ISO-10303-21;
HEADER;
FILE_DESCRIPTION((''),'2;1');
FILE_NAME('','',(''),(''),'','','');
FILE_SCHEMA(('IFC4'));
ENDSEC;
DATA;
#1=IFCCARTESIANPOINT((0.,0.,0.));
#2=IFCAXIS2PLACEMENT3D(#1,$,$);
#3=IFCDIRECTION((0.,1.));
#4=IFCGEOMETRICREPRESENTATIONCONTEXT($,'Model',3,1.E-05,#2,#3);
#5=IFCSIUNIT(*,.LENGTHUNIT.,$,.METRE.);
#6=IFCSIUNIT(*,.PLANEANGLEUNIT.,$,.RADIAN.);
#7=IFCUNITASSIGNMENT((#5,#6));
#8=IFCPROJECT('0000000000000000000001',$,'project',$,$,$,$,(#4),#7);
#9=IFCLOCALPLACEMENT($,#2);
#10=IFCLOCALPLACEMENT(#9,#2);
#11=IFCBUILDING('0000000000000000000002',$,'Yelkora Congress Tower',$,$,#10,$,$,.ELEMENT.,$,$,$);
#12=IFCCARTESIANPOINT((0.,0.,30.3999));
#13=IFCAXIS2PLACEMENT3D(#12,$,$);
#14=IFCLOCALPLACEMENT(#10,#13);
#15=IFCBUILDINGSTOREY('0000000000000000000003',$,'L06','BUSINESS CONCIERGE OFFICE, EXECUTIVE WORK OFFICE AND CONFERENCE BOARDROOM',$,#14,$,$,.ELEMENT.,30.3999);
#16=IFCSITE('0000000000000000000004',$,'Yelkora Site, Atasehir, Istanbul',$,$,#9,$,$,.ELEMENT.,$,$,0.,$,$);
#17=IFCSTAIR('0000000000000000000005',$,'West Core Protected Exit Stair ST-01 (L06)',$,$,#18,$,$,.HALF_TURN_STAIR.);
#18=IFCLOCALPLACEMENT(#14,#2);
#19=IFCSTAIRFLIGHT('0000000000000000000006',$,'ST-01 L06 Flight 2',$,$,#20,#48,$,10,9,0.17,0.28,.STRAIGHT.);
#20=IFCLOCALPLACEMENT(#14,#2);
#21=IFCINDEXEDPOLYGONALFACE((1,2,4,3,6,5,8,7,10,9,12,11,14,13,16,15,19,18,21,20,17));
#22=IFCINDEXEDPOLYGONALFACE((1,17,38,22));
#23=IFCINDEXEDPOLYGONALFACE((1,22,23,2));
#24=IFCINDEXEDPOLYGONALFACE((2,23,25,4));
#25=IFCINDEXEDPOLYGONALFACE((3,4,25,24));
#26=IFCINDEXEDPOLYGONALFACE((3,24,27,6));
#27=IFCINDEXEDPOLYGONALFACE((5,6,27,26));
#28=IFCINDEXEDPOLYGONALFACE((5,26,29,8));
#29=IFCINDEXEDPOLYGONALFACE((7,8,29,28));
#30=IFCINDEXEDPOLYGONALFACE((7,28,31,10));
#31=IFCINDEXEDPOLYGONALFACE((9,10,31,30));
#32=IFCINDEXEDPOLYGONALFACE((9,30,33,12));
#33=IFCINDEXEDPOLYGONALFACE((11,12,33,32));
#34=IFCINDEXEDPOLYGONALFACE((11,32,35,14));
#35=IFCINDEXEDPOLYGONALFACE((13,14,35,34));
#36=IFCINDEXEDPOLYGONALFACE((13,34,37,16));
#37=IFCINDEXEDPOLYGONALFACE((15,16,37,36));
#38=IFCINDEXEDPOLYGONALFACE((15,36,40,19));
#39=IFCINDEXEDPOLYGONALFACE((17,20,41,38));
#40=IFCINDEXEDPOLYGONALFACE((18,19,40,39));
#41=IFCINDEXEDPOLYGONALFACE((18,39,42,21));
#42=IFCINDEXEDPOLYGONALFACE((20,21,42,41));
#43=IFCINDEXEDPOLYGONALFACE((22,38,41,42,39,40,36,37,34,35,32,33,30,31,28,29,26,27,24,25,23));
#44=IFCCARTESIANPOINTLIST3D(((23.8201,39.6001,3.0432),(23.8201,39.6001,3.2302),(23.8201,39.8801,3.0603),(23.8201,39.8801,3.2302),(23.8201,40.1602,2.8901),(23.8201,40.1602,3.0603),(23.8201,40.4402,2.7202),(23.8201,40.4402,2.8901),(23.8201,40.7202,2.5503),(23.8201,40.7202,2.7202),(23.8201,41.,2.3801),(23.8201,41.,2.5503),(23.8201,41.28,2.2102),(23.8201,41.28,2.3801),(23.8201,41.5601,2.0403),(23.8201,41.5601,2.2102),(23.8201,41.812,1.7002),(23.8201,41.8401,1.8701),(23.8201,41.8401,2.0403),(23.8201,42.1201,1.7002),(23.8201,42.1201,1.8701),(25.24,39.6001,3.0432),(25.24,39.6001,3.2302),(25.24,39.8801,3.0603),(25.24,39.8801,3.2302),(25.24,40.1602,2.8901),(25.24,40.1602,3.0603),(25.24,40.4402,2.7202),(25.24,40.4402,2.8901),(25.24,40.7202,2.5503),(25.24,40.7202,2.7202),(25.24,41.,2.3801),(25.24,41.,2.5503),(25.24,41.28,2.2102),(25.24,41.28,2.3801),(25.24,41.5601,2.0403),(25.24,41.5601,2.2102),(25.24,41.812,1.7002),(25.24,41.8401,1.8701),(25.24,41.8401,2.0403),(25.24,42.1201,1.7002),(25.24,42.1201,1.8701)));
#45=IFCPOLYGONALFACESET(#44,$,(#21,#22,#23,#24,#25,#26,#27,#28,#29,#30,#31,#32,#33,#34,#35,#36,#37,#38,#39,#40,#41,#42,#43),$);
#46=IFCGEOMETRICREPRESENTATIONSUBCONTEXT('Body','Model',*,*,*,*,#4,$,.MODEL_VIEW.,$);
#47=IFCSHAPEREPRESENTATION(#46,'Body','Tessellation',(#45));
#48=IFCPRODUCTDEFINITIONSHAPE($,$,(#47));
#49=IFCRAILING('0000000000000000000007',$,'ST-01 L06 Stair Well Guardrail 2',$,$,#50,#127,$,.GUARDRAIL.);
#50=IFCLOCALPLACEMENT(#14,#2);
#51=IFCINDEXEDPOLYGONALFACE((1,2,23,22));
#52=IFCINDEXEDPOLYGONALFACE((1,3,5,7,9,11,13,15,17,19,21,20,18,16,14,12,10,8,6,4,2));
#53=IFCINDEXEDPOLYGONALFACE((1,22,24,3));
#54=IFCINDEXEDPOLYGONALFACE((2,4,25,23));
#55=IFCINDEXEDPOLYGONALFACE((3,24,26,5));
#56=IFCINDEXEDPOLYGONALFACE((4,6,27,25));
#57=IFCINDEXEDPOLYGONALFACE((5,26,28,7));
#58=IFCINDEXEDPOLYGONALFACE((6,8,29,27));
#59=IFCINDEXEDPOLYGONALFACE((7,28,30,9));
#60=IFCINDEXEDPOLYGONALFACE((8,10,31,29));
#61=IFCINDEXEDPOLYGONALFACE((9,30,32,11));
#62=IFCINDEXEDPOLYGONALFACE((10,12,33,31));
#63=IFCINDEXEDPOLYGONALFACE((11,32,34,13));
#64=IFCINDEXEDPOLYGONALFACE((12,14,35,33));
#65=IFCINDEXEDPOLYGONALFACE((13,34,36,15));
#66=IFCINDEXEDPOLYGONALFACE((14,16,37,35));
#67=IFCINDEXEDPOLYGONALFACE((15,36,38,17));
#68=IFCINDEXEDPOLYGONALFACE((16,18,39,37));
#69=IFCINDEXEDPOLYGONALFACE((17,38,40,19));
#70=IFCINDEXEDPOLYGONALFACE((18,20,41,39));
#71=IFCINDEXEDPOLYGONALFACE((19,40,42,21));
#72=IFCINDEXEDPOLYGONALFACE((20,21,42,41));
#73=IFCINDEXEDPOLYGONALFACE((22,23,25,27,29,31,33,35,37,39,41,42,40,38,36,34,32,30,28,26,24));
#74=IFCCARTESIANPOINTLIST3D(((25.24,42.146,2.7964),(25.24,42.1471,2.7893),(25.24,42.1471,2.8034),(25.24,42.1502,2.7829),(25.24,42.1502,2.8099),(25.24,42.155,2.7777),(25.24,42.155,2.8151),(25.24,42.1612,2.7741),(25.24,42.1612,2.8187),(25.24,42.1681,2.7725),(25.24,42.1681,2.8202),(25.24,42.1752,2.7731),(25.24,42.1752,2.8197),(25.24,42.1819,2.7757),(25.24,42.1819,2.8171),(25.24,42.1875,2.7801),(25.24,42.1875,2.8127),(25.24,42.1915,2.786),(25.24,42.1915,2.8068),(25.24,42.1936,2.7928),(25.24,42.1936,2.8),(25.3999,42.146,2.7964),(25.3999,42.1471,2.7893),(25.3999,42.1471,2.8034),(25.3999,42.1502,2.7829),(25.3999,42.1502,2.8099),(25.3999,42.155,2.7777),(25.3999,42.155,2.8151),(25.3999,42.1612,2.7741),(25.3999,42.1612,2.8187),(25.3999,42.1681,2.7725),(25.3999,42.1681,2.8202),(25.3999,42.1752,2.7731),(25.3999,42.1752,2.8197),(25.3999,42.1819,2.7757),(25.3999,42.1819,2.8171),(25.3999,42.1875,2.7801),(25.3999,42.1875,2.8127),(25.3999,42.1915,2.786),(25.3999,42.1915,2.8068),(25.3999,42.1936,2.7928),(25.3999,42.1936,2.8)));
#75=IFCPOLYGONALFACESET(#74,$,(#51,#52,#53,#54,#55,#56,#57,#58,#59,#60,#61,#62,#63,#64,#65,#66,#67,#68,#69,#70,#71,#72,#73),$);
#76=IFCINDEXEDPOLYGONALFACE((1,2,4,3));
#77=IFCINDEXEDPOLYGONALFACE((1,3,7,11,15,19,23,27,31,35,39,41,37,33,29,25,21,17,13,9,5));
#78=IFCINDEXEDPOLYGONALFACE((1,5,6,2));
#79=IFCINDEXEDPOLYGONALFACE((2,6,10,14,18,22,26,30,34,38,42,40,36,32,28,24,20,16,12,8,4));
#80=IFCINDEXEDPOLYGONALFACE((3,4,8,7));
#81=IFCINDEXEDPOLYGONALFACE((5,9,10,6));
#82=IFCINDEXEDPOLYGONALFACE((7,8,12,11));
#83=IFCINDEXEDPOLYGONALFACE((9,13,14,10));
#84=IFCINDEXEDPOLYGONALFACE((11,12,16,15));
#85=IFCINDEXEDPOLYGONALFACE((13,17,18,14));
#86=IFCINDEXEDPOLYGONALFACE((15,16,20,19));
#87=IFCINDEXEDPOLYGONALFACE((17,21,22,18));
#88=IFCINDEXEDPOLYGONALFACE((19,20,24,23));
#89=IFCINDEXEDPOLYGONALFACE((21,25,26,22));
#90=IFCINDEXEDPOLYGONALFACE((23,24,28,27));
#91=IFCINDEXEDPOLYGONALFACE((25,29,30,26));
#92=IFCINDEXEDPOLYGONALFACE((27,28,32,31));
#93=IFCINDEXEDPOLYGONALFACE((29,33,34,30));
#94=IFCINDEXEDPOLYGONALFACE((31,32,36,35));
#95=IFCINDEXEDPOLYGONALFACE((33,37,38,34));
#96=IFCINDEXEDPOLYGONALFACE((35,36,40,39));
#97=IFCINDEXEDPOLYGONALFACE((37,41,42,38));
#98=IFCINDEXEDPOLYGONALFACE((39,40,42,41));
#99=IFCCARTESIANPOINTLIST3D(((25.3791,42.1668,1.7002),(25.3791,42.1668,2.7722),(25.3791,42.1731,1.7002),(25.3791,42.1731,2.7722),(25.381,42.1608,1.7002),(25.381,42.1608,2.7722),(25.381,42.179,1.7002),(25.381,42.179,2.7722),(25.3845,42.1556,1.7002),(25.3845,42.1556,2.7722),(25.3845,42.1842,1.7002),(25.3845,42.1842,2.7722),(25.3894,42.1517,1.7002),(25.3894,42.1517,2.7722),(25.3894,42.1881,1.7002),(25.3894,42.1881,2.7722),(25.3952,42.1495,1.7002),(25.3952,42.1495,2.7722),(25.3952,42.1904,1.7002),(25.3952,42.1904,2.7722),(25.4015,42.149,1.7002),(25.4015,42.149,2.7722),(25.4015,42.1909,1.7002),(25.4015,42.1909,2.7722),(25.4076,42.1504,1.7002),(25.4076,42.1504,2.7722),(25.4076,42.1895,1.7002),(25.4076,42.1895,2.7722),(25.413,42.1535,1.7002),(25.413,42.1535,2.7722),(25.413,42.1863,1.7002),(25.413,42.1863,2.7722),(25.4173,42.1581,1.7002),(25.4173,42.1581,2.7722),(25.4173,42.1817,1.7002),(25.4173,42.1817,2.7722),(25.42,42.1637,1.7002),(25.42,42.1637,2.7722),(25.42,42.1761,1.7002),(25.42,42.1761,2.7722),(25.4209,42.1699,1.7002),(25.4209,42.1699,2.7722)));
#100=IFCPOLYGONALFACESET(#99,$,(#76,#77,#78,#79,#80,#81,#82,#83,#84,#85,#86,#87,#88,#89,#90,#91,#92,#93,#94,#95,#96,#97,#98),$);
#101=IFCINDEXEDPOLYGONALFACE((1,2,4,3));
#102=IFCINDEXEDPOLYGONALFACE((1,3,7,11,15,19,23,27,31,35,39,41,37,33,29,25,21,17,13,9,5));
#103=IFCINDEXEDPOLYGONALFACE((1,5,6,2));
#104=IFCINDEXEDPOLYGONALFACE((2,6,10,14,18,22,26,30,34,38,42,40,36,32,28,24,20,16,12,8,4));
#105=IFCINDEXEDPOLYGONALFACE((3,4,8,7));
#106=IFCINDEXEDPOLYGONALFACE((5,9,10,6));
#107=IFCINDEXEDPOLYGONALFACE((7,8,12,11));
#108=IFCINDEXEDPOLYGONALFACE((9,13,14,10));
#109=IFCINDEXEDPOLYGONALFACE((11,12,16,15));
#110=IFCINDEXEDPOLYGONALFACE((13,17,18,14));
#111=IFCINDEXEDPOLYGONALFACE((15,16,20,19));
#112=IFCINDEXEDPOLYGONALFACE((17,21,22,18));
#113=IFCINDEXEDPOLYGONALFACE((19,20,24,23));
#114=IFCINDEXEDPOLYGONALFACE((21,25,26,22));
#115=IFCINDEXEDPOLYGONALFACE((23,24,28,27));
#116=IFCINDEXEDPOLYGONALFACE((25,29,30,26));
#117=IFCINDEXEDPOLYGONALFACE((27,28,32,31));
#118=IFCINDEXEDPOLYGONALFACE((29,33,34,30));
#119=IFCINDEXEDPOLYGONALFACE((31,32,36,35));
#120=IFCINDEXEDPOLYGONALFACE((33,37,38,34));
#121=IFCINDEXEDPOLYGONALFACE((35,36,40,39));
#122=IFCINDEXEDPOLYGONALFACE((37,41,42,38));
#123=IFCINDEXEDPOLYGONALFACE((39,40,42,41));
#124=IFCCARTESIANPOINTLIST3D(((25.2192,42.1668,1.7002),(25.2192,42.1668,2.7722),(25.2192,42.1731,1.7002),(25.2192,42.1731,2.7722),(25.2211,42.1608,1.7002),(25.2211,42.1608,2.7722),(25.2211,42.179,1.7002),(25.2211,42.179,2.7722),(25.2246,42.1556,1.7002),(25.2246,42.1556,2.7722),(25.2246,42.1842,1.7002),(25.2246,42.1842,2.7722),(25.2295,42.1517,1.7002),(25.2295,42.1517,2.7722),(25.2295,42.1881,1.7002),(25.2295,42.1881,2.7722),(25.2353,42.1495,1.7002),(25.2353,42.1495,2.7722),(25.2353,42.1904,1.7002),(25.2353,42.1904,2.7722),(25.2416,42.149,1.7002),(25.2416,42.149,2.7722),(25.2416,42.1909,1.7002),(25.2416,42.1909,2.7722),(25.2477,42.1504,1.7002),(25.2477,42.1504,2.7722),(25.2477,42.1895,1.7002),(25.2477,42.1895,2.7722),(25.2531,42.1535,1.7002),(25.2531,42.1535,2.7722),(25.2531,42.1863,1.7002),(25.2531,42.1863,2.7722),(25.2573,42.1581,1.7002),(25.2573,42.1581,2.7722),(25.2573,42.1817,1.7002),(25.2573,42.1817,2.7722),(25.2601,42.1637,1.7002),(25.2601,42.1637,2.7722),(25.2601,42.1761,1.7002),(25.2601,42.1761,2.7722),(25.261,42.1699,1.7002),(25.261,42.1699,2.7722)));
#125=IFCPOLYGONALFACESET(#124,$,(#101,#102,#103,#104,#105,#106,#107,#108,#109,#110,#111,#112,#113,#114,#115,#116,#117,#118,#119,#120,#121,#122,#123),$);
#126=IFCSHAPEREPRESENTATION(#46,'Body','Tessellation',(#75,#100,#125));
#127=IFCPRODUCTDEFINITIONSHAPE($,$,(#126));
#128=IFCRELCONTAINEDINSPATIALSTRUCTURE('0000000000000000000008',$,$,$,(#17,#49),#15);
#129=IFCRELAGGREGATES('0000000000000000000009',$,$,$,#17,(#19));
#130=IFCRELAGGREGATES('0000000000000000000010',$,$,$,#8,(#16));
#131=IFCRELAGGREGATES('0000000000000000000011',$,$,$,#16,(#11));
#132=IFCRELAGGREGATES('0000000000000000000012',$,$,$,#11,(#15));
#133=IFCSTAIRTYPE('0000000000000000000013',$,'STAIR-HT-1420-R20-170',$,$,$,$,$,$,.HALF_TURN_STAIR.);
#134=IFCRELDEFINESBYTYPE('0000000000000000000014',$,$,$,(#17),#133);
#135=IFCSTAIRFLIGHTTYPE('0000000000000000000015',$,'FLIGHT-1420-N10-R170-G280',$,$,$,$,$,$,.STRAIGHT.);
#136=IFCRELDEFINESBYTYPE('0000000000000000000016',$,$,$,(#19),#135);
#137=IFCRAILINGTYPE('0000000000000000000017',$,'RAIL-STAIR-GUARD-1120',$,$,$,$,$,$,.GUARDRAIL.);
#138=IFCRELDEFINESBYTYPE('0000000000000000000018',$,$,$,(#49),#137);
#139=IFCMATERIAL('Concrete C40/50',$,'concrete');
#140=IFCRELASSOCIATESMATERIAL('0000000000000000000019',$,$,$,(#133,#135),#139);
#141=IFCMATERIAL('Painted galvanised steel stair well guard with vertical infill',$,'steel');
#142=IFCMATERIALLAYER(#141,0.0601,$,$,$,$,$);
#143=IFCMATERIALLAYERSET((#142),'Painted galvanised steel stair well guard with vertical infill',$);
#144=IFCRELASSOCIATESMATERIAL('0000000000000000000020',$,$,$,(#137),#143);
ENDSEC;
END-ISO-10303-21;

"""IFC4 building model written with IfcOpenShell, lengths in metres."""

from ifc_helpers import new_model, si_unit, direction, frame, origin, origin_2d, place, context, subcontext, project, spatial, polyline, circle, outline, extrude, material, layer, layer_set, type_object, element, aggregate, save


model = new_model("IFC4")

# Units and contexts
model_context = context("Model", 3, precision=1e-05, world=origin(), true_north=direction((0.0, 1.0)))
body_context = subcontext(model_context, "Body", "Model", "MODEL_VIEW")
ifc_project = project(units=[si_unit("LENGTHUNIT", "METRE"), si_unit("PLANEANGLEUNIT", "RADIAN")], contexts=[model_context])

# Site, building, storey
site_placement = place(None, origin())
site = spatial("IfcSite", under=ifc_project, at=site_placement, Name="Yelkora Site, Atasehir, Istanbul", CompositionType="ELEMENT", RefElevation=0.0)
building_placement = place(site_placement, origin())
building = spatial("IfcBuilding", under=site, at=building_placement, Name="Yelkora Congress Tower", CompositionType="ELEMENT")
storey_placement = place(building_placement, frame((0.0, 0.0, 30.3999)))
storey = spatial("IfcBuildingStorey", under=building, at=storey_placement, Name="L06", Description="BUSINESS CONCIERGE OFFICE, EXECUTIVE WORK OFFICE AND CONFERENCE BOARDROOM", CompositionType="ELEMENT", Elevation=30.3999)

# Stair, stair flight
ifc_material_1 = material(Name="Concrete C40/50", Category="concrete")
stair_type = type_object("IfcStairType", Name="STAIR-HT-1420-R20-170", PredefinedType="HALF_TURN_STAIR", material=ifc_material_1)
stair_placement = place(storey_placement, origin())
stair = element("IfcStair", 1, at=stair_placement, inside=storey, type_object=stair_type, Name="West Core Protected Exit Stair ST-01 (L06)", PredefinedType="HALF_TURN_STAIR")
stair_flight_type = type_object("IfcStairFlightType", Name="FLIGHT-1420-N10-R170-G280", PredefinedType="STRAIGHT", material=ifc_material_1)
stair_flight_placement = place(storey_placement, frame((24.53, 42.1201, 1.7002), z_axis=(0.0, 0.0, 1.0), x_axis=(0.0, -1.0, 0.0)))
stair_flight = element("IfcStairFlight", 2, at=stair_flight_placement, type_object=stair_flight_type, Name="ST-01 L06 Flight 2", NumberOfRisers=10, NumberOfTreads=9, PredefinedType="STRAIGHT", RiserHeight=0.17, TreadLength=0.28, context=body_context, shape_type="SweptSolid", body=[
    extrude(outline(polyline([(0.0, 0.0), (0.0, 0.1699), (0.28, 0.1699), (0.28, 0.3401), (0.5601, 0.3401), (0.5601, 0.51), (0.8401, 0.51), (0.8401, 0.6799), (1.1201, 0.6799), (1.1201, 0.8501), (1.3999, 0.8501), (1.3999, 1.02), (1.6799, 1.02), (1.6799, 1.1899), (1.96, 1.1899), (1.96, 1.3601), (2.24, 1.3601), (2.24, 1.53), (2.52, 1.53), (2.52, 1.7), (2.52, 1.343), (0.3081, 0.0), (0.0, 0.0)])), frame((0.0, 0.71, 0.0), z_axis=(0.0, -1.0, 0.0), x_axis=(1.0, 0.0, 0.0)), (0.0, 0.0, 1.0), 1.4199),
])
aggregate(stair, [stair_flight])

# Railing
ifc_material_2 = material(Name="Painted galvanised steel stair well guard with vertical infill", Category="steel")
ifc_layer_1 = layer(ifc_material_2, 0.0601)
ifc_layer_set_1 = layer_set([ifc_layer_1], Name="Painted galvanised steel stair well guard with vertical infill")
railing_type = type_object("IfcRailingType", Name="RAIL-STAIR-GUARD-1120", PredefinedType="GUARDRAIL", material=ifc_layer_set_1)
railing_1_placement = place(storey_placement, frame((25.3999, 42.1699, 1.7002)))
element("IfcRailing", 3, at=railing_1_placement, inside=storey, type_object=railing_type, Name="ST-01 L06 Stair Well Guardrail 2", PredefinedType="GUARDRAIL", context=body_context, shape_type="SweptSolid", body=[
    extrude(circle(Radius=0.0239, at=origin_2d()), frame((0.0, 0.0, 1.0962), z_axis=(-1.0, 0.0, 0.0), x_axis=(0.0, -1.0, 0.0)), (0.0, 0.0, 1.0), 0.1599),
    extrude(circle(Radius=0.021, at=origin_2d()), origin(), (0.0, 0.0, 1.0), 1.072),
    extrude(circle(Radius=0.021, at=origin_2d()), frame((-0.1599, 0.0, 0.0)), (0.0, 0.0, 1.0), 1.072),
])

save(model, "model.ifc")
